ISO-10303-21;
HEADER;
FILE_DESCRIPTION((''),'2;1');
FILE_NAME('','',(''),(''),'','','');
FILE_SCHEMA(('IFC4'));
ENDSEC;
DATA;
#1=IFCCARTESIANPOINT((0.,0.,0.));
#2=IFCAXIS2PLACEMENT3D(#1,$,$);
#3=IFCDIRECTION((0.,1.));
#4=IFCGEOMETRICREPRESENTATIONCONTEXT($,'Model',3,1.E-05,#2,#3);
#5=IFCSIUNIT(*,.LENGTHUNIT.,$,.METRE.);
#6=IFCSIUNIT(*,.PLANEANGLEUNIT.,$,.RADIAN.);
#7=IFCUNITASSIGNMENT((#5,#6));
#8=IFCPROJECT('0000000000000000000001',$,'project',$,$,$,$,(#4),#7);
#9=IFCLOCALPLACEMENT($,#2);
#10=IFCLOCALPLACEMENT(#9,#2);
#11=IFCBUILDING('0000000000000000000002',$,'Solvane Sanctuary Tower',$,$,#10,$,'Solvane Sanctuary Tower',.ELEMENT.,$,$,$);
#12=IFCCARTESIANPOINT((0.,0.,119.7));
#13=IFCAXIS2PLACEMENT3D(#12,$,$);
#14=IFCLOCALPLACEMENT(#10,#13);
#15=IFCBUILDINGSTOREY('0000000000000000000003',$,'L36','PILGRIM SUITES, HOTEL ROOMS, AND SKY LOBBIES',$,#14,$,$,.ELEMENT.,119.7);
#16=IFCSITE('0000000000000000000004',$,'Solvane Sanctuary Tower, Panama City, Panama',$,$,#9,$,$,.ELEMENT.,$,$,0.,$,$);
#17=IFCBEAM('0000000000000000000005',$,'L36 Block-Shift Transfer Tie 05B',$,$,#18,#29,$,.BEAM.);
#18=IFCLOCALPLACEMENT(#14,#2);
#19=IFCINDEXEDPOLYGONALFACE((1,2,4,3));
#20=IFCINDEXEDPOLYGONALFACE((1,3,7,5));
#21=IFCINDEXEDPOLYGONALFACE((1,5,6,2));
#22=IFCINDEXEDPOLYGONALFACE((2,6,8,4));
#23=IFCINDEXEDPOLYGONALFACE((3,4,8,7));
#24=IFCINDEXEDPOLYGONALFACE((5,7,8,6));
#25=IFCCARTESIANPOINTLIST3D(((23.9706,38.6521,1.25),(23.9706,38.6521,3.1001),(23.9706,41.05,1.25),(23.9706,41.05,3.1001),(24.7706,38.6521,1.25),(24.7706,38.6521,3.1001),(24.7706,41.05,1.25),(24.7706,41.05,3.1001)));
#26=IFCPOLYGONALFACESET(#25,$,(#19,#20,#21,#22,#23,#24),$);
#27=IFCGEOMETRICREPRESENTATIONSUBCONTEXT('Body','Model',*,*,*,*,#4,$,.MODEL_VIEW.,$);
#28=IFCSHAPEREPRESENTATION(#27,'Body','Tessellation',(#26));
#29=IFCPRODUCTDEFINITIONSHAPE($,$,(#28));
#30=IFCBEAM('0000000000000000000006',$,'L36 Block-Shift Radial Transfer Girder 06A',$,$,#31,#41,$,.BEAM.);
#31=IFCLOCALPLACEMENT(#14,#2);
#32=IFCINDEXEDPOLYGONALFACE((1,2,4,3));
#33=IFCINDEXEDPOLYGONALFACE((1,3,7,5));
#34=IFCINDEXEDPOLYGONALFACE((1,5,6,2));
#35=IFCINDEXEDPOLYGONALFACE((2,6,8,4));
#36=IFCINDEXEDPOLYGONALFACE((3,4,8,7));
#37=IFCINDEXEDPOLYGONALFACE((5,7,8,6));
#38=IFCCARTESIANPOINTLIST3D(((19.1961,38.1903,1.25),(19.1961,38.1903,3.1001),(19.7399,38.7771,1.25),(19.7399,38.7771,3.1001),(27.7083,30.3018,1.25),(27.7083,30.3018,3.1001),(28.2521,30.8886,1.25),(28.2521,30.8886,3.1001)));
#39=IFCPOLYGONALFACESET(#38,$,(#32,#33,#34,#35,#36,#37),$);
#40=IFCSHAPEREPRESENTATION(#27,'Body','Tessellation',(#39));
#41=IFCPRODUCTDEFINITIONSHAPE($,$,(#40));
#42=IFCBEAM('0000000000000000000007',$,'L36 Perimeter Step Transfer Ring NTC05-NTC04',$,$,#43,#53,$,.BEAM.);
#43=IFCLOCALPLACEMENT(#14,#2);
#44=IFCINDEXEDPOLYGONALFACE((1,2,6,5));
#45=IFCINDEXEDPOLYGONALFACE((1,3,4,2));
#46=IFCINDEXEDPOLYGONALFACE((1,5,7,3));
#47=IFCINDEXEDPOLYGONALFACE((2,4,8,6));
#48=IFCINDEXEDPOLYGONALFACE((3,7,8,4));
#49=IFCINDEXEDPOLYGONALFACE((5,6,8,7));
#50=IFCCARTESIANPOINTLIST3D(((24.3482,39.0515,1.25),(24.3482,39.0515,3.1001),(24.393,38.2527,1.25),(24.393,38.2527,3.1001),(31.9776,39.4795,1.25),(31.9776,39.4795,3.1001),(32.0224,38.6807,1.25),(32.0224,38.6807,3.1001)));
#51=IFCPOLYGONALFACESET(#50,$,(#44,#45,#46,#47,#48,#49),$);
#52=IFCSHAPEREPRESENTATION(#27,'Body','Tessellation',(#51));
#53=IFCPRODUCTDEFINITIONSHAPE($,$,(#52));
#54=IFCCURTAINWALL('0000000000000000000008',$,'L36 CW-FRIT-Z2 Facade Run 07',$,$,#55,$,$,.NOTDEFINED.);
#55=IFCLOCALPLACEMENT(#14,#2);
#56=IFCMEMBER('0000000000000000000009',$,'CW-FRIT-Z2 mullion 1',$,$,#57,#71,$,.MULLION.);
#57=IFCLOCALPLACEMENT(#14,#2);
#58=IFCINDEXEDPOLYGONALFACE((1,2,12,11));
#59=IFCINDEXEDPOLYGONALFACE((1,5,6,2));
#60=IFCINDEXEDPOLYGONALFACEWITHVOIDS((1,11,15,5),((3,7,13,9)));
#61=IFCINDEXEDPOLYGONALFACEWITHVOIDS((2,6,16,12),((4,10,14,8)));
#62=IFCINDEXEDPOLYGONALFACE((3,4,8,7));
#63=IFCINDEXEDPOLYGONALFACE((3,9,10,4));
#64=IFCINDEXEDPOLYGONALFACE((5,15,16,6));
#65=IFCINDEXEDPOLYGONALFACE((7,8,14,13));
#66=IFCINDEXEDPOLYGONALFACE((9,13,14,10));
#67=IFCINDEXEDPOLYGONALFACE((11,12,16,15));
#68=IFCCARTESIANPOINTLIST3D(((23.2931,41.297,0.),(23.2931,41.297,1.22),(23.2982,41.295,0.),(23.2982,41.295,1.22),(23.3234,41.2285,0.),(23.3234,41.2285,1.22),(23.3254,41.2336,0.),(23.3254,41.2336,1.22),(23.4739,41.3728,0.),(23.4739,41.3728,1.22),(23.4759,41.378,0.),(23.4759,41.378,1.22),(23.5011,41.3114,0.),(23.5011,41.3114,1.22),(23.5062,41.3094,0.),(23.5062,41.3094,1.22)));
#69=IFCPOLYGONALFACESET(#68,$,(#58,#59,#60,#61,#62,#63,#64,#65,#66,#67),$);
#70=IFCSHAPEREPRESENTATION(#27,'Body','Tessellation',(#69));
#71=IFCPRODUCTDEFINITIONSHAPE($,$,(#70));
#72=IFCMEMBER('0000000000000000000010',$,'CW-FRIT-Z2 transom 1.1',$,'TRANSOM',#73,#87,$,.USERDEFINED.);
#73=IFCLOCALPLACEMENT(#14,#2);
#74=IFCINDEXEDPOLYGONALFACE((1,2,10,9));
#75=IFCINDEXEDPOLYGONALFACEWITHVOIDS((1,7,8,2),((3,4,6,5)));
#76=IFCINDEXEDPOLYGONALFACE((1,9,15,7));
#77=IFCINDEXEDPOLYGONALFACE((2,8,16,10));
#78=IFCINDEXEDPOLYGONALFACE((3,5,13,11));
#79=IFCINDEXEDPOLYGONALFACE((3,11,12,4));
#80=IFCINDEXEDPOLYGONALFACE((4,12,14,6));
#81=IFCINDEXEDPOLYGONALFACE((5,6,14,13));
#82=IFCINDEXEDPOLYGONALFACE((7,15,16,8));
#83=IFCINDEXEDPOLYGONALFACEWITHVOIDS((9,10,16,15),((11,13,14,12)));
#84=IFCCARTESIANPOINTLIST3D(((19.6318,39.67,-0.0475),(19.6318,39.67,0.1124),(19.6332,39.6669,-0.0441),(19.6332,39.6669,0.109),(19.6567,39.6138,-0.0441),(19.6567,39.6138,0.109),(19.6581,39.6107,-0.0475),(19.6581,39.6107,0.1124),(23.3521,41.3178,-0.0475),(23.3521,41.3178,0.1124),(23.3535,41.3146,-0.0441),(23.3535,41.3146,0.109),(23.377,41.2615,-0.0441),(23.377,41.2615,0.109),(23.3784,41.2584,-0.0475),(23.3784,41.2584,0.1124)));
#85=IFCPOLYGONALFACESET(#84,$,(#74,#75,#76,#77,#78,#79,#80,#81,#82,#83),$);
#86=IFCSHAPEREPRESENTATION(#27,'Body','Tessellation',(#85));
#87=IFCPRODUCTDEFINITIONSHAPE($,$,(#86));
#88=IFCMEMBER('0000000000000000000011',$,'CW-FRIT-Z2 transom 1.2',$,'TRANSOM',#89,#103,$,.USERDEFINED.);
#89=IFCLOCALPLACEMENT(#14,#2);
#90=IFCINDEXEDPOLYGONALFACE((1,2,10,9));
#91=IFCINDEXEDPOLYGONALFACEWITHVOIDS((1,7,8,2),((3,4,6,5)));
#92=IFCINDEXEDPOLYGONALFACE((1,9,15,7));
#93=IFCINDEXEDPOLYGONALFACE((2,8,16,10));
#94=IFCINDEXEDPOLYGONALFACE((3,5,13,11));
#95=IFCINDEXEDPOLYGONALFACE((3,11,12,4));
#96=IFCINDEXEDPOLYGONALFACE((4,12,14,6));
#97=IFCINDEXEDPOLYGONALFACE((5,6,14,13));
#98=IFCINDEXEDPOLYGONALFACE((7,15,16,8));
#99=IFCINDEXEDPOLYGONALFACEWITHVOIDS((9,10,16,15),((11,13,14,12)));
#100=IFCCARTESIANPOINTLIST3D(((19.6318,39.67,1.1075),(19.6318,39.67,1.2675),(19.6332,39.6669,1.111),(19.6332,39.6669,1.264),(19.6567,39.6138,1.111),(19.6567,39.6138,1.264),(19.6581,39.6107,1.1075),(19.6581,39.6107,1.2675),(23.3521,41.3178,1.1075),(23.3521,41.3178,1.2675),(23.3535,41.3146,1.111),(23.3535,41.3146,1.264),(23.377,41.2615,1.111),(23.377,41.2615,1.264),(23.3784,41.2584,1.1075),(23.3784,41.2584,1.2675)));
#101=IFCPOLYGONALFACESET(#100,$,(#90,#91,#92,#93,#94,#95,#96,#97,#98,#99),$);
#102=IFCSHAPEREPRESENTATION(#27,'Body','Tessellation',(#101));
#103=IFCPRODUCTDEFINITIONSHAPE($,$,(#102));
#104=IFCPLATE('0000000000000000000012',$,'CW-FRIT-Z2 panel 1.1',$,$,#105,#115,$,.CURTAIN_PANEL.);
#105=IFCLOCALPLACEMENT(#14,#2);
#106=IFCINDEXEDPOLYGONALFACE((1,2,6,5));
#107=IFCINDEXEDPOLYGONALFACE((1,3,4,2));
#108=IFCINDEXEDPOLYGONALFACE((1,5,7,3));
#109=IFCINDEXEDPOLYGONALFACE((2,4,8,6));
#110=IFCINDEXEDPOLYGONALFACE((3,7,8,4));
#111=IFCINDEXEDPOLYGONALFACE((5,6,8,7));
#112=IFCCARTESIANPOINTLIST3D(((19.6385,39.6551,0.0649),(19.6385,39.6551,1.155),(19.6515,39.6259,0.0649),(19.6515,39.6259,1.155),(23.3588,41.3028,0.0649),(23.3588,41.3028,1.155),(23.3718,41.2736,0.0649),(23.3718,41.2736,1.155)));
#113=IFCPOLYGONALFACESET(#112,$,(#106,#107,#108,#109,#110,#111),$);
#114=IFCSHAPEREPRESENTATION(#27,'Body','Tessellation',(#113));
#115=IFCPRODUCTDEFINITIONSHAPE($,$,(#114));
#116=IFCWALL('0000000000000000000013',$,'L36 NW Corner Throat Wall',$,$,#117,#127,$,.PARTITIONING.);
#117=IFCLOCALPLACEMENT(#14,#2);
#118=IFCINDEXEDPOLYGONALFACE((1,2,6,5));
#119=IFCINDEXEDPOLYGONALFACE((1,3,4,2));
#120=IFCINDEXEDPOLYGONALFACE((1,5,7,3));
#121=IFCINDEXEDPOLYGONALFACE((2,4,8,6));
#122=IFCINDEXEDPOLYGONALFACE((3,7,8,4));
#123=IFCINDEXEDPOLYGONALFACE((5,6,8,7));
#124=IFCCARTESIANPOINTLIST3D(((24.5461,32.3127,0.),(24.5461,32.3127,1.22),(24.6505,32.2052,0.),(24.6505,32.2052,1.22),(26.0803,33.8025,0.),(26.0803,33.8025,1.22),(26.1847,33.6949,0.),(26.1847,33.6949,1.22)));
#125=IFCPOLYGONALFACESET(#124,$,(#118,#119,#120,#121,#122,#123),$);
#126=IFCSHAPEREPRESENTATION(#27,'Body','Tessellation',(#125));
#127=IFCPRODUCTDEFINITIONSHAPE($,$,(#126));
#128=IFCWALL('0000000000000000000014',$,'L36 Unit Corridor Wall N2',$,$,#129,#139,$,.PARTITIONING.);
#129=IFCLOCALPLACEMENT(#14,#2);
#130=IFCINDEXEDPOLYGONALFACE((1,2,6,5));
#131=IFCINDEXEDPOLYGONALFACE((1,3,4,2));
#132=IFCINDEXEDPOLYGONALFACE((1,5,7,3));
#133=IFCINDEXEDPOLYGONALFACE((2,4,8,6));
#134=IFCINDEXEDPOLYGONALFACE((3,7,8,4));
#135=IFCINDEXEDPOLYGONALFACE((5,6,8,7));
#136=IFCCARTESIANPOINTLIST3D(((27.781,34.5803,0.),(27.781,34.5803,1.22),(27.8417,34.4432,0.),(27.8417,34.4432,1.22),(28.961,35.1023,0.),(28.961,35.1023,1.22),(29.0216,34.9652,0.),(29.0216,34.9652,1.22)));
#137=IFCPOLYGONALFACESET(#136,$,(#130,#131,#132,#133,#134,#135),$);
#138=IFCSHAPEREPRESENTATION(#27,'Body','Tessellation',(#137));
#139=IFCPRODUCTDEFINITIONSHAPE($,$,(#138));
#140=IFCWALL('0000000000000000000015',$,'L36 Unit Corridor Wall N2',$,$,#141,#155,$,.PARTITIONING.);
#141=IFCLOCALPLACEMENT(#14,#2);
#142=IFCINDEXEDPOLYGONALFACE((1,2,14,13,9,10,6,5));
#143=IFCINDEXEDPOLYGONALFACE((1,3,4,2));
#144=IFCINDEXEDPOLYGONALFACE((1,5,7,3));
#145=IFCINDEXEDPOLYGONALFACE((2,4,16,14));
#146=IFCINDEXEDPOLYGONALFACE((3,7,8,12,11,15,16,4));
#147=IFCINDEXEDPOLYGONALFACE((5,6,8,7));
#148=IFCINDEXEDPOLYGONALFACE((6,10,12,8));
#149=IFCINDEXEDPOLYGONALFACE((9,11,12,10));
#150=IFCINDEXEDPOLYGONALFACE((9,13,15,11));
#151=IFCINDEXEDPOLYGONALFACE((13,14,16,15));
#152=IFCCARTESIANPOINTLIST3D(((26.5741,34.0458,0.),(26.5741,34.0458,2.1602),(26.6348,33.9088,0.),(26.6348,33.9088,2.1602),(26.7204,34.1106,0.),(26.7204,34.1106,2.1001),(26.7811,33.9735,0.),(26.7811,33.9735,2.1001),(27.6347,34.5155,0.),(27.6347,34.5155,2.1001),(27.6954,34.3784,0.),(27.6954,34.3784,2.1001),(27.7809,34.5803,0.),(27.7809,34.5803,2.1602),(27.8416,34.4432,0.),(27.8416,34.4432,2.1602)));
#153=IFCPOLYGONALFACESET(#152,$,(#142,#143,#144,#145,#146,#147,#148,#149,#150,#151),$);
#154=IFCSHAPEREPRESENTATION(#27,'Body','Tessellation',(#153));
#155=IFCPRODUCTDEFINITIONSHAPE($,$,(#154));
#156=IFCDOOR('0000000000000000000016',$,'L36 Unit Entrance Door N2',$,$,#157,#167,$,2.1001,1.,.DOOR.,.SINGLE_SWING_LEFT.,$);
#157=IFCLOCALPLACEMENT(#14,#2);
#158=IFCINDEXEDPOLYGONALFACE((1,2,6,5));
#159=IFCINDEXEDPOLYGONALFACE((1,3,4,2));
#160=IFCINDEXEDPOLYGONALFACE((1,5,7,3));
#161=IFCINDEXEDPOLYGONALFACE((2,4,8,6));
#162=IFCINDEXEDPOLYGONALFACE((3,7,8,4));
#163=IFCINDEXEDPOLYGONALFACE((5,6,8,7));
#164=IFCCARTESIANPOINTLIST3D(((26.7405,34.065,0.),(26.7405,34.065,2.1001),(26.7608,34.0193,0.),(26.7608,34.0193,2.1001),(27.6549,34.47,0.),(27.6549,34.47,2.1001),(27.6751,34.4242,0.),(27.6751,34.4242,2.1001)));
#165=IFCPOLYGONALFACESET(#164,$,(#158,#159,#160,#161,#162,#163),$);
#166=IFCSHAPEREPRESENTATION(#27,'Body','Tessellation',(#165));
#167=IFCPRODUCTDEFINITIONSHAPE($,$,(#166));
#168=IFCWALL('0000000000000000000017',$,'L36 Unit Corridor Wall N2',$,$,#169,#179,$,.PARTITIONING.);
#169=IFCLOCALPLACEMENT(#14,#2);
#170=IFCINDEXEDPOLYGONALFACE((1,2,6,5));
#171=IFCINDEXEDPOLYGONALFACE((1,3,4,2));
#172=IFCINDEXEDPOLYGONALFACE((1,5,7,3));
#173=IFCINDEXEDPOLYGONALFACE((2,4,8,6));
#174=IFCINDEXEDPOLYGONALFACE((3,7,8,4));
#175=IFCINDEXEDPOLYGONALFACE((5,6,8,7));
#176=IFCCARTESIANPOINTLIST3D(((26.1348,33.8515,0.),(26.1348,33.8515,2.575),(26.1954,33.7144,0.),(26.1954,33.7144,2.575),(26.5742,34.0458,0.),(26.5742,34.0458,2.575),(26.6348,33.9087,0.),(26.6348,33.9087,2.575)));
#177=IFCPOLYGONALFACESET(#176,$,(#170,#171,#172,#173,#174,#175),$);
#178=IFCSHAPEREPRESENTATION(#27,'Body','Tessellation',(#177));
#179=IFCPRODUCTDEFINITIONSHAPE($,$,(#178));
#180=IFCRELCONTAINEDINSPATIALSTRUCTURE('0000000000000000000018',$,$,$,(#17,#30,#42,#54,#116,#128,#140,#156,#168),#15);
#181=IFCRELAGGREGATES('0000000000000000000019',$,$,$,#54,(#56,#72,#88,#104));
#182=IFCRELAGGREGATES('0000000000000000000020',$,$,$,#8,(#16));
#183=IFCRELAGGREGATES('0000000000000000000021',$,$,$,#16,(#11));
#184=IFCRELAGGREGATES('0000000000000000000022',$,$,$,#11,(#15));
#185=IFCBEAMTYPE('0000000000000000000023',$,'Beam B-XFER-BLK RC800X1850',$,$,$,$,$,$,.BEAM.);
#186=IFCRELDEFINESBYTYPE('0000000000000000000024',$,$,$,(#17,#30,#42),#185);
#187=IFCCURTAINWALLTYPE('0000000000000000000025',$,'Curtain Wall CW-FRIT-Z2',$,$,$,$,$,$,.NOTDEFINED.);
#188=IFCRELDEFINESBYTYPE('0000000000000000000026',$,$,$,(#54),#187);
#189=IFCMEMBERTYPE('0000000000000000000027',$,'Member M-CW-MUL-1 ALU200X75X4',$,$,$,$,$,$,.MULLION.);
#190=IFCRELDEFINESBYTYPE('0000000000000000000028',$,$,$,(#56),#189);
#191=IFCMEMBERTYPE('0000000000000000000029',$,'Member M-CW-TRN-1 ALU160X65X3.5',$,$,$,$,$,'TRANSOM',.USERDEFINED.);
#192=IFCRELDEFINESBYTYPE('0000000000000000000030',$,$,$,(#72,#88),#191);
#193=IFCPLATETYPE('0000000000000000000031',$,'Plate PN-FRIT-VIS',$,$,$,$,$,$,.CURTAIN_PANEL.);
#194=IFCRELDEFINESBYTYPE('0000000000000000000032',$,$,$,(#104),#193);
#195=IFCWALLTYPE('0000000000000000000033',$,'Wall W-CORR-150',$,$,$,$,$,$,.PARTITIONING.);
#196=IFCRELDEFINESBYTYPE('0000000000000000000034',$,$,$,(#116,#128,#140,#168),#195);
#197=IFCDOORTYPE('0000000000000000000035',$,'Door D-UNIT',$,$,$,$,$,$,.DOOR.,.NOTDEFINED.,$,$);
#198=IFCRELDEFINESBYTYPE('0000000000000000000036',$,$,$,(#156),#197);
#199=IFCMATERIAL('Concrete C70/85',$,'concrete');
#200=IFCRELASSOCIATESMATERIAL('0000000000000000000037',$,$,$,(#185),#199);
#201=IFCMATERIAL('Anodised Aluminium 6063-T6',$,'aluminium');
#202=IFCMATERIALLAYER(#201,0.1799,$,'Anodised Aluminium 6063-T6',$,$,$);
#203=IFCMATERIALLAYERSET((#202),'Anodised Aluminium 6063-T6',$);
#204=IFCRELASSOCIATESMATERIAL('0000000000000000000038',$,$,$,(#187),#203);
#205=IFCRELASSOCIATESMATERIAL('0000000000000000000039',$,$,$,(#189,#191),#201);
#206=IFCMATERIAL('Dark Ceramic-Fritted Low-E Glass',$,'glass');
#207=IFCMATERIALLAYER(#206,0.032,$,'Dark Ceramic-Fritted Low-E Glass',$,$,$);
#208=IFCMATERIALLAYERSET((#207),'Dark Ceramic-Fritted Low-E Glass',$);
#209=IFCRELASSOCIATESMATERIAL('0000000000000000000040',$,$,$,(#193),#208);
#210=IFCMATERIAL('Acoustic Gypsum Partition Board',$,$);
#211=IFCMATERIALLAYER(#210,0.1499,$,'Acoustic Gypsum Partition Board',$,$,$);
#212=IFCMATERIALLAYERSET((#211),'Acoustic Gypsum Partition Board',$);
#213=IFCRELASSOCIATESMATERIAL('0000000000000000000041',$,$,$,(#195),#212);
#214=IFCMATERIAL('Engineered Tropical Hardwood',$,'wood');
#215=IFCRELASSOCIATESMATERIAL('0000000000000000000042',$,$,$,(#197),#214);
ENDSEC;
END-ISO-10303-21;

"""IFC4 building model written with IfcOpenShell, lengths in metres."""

from ifc_helpers import new_model, si_unit, direction, frame, frame_2d, origin, origin_2d, place, context, subcontext, project, spatial, rectangle, hollow_rectangle, extrude, material, layer, layer_set, material_profile, profile_set, type_object, element, fill, aggregate, save


model = new_model("IFC4")

# Units and contexts
model_context = context("Model", 3, precision=1e-05, world=origin(), true_north=direction((0.0, 1.0)))
body_context = subcontext(model_context, "Body", "Model", "MODEL_VIEW")
ifc_project = project(units=[si_unit("LENGTHUNIT", "METRE"), si_unit("PLANEANGLEUNIT", "RADIAN")], contexts=[model_context])

# Site, building, storey
site_placement = place(None, origin())
site = spatial("IfcSite", under=ifc_project, at=site_placement, Name="Solvane Sanctuary Tower, Panama City, Panama", CompositionType="ELEMENT", RefElevation=0.0)
building_placement = place(site_placement, origin())
building = spatial("IfcBuilding", under=site, at=building_placement, Name="Solvane Sanctuary Tower", LongName="Solvane Sanctuary Tower", CompositionType="ELEMENT")
storey_placement = place(building_placement, frame((0.0, 0.0, 119.7)))
storey = spatial("IfcBuildingStorey", under=building, at=storey_placement, Name="L36", Description="PILGRIM SUITES, HOTEL ROOMS, AND SKY LOBBIES", CompositionType="ELEMENT", Elevation=119.7)

# Beams
ifc_material_1 = material(Name="Concrete C70/85", Category="concrete")
ifc_material_profile_1 = material_profile(ifc_material_1, rectangle(XDim=0.8, YDim=1.8501, at=origin_2d()), Name="RC800X1850")
ifc_profile_set_1 = profile_set([ifc_material_profile_1], Name="Concrete C70/85")
beam_type_1 = type_object("IfcBeamType", Name="Beam B-XFER-BLK RC800X1850", PredefinedType="BEAM", material=ifc_profile_set_1)
beam_1_placement = place(storey_placement, frame((24.3706, 41.05, 2.175), z_axis=(0.0, -1.0, 0.0), x_axis=(1.0, 0.0, 0.0)))
element("IfcBeam", 1, at=beam_1_placement, inside=storey, type_object=beam_type_1, Name="L36 Block-Shift Transfer Tie 05B", PredefinedType="BEAM", context=body_context, shape_type="SweptSolid", body=[
    extrude(rectangle(XDim=0.8, YDim=1.8501, at=origin_2d()), origin(), (0.0, 0.0, 1.0), 2.3979),
])
beam_2_placement = place(storey_placement, frame((27.9802, 30.5952, 2.175), z_axis=(-0.73347, 0.679721, 0.0), x_axis=(-0.679721, -0.73347, 0.0)))
element("IfcBeam", 2, at=beam_2_placement, inside=storey, type_object=beam_type_1, Name="L36 Block-Shift Radial Transfer Girder 06A", PredefinedType="BEAM", context=body_context, shape_type="SweptSolid", body=[
    extrude(rectangle(XDim=0.8, YDim=1.8501, at=origin_2d()), origin(), (0.0, 0.0, 1.0), 11.6055),
])
beam_3_placement = place(storey_placement, frame((24.3706, 38.6521, 2.175), z_axis=(0.99843, 0.056008, 0.0), x_axis=(-0.056008, 0.99843, 0.0)))
element("IfcBeam", 3, at=beam_3_placement, inside=storey, type_object=beam_type_1, Name="L36 Perimeter Step Transfer Ring NTC05-NTC04", PredefinedType="BEAM", context=body_context, shape_type="SweptSolid", body=[
    extrude(rectangle(XDim=0.8, YDim=1.8501, at=origin_2d()), origin(), (0.0, 0.0, 1.0), 7.6414),
])

# Curtain wall, members, plate
ifc_material_2 = material(Name="Anodised Aluminium 6063-T6", Category="aluminium")
ifc_layer_1 = layer(ifc_material_2, 0.1799, Name="Anodised Aluminium 6063-T6")
ifc_layer_set_1 = layer_set([ifc_layer_1], Name="Anodised Aluminium 6063-T6")
curtain_wall_type = type_object("IfcCurtainWallType", Name="Curtain Wall CW-FRIT-Z2", PredefinedType="NOTDEFINED", material=ifc_layer_set_1)
curtain_wall_placement = place(storey_placement, origin())
curtain_wall = element("IfcCurtainWall", 4, at=curtain_wall_placement, inside=storey, type_object=curtain_wall_type, Name="L36 CW-FRIT-Z2 Facade Run 07", PredefinedType="NOTDEFINED")
ifc_material_profile_2 = material_profile(ifc_material_2, hollow_rectangle(XDim=0.075, YDim=0.2, WallThickness=0.0039, at=origin_2d()), Name="ALU200X75X4")
ifc_profile_set_2 = profile_set([ifc_material_profile_2], Name="Anodised Aluminium 6063-T6")
member_type_1 = type_object("IfcMemberType", Name="Member M-CW-MUL-1 ALU200X75X4", PredefinedType="MULLION", material=ifc_profile_set_2)
member_1_placement = place(storey_placement, frame((23.3997, 41.3032, 0.0), z_axis=(0.0, 0.0, 1.0), x_axis=(0.404951, -0.914339, 0.0)))
member_1 = element("IfcMember", 5, at=member_1_placement, type_object=member_type_1, Name="CW-FRIT-Z2 mullion 1", PredefinedType="MULLION", context=body_context, shape_type="SweptSolid", body=[
    extrude(hollow_rectangle(XDim=0.075, YDim=0.2, WallThickness=0.0039, at=origin_2d()), origin(), (0.0, 0.0, 1.0), 1.22),
])
ifc_material_profile_3 = material_profile(ifc_material_2, hollow_rectangle(XDim=0.0649, YDim=0.1599, WallThickness=0.0034, at=origin_2d()), Name="ALU160X65X3.5")
ifc_profile_set_3 = profile_set([ifc_material_profile_3], Name="Anodised Aluminium 6063-T6")
member_type_2 = type_object("IfcMemberType", Name="Member M-CW-TRN-1 ALU160X65X3.5", ElementType="TRANSOM", PredefinedType="USERDEFINED", material=ifc_profile_set_3)
member_2_placement = place(storey_placement, frame((23.3652, 41.2881, 0.0325), z_axis=(-0.914333, -0.404963, 0.0), x_axis=(0.404963, -0.914333, 0.0)))
member_2 = element("IfcMember", 6, at=member_2_placement, type_object=member_type_2, Name="CW-FRIT-Z2 transom 1.1", ObjectType="TRANSOM", PredefinedType="USERDEFINED", context=body_context, shape_type="SweptSolid", body=[
    extrude(hollow_rectangle(XDim=0.0649, YDim=0.1599, WallThickness=0.0034, at=origin_2d()), origin(), (0.0, 0.0, 1.0), 4.0688),
])
member_3_placement = place(storey_placement, frame((23.3652, 41.2881, 1.1875), z_axis=(-0.914333, -0.404963, 0.0), x_axis=(0.404963, -0.914333, 0.0)))
member_3 = element("IfcMember", 7, at=member_3_placement, type_object=member_type_2, Name="CW-FRIT-Z2 transom 1.2", ObjectType="TRANSOM", PredefinedType="USERDEFINED", context=body_context, shape_type="SweptSolid", body=[
    extrude(hollow_rectangle(XDim=0.0649, YDim=0.1599, WallThickness=0.0034, at=origin_2d()), origin(), (0.0, 0.0, 1.0), 4.0688),
])
ifc_material_3 = material(Name="Dark Ceramic-Fritted Low-E Glass", Category="glass")
ifc_layer_2 = layer(ifc_material_3, 0.032, Name="Dark Ceramic-Fritted Low-E Glass")
ifc_layer_set_2 = layer_set([ifc_layer_2], Name="Dark Ceramic-Fritted Low-E Glass")
plate_type = type_object("IfcPlateType", Name="Plate PN-FRIT-VIS", PredefinedType="CURTAIN_PANEL", material=ifc_layer_set_2)
plate_placement = place(storey_placement, frame((21.5051, 40.4644, 0.0649), z_axis=(0.0, 0.0, 1.0), x_axis=(-0.914339, -0.404951, 0.0)))
plate = element("IfcPlate", 8, at=plate_placement, type_object=plate_type, Name="CW-FRIT-Z2 panel 1.1", PredefinedType="CURTAIN_PANEL", context=body_context, shape_type="SweptSolid", body=[
    extrude(rectangle(XDim=4.0688, YDim=0.032, at=origin_2d()), origin(), (0.0, 0.0, 1.0), 1.0901),
])
aggregate(curtain_wall, [member_1, member_2, member_3, plate])

# Walls
ifc_material_4 = material(Name="Acoustic Gypsum Partition Board")
ifc_layer_3 = layer(ifc_material_4, 0.1499, Name="Acoustic Gypsum Partition Board")
ifc_layer_set_3 = layer_set([ifc_layer_3], Name="Acoustic Gypsum Partition Board")
wall_type_1 = type_object("IfcWallType", Name="Wall W-CORR-150", PredefinedType="PARTITIONING", material=ifc_layer_set_3)
wall_1_placement = place(storey_placement, frame((26.1326, 33.7488, 0.0), z_axis=(0.0, 0.0, 1.0), x_axis=(-0.71742, -0.696641, 0.0)))
element("IfcWall", 9, at=wall_1_placement, inside=storey, type_object=wall_type_1, Name="L36 NW Corner Throat Wall", PredefinedType="PARTITIONING", context=body_context, shape_type="SweptSolid", body=[
    extrude(rectangle(XDim=2.1384, YDim=0.1499, at=frame_2d((1.0693, 0.0))), origin(), (0.0, 0.0, 1.0), 1.22),
])
wall_2_placement = place(storey_placement, frame((28.9912, 35.0337, 0.0), z_axis=(0.0, 0.0, 1.0), x_axis=(-0.914512, -0.404558, 0.0)))
element("IfcWall", 10, at=wall_2_placement, inside=storey, type_object=wall_type_1, Name="L36 Unit Corridor Wall N2", PredefinedType="PARTITIONING", context=body_context, shape_type="SweptSolid", body=[
    extrude(rectangle(XDim=1.2903, YDim=0.1499, at=frame_2d((0.645, 0.0))), origin(), (0.0, 0.0, 1.0), 1.22),
])

# Wall, opening, door
wall_3_placement = place(storey_placement, frame((27.8113, 34.5117, 0.0), z_axis=(0.0, 0.0, 1.0), x_axis=(-0.914352, -0.40492, 0.0)))
wall_3 = element("IfcWall", 11, at=wall_3_placement, inside=storey, type_object=wall_type_1, Name="L36 Unit Corridor Wall N2", PredefinedType="PARTITIONING", context=body_context, shape_type="SweptSolid", body=[
    extrude(rectangle(XDim=1.3198, YDim=0.1499, at=frame_2d((0.6599, 0.0))), origin(), (0.0, 0.0, 1.0), 2.1602),
])
opening_placement = place(wall_3_placement, frame((0.1599, 0.0, 0.0)))
opening = element("IfcOpeningElement", 12, at=opening_placement, cuts=wall_3, PredefinedType="OPENING", context=body_context, shape_type="SweptSolid", body=[
    extrude(rectangle(XDim=1.0, YDim=2.1001, at=frame_2d((0.5, 1.05))), frame((0.0, 0.085, 0.0), z_axis=(0.0, -1.0, 0.0), x_axis=(1.0, 0.0, 0.0)), (0.0, 0.0, 1.0), 0.1699),
])
ifc_material_5 = material(Name="Engineered Tropical Hardwood", Category="wood")
door_type = type_object("IfcDoorType", Name="Door D-UNIT", OperationType="NOTDEFINED", PredefinedType="DOOR", material=ifc_material_5)
door_placement = place(opening_placement, origin())
door = element("IfcDoor", 13, at=door_placement, inside=storey, type_object=door_type, Name="L36 Unit Entrance Door N2", OperationType="SINGLE_SWING_LEFT", OverallHeight=2.1001, OverallWidth=1.0, PredefinedType="DOOR", context=body_context, shape_type="SweptSolid", body=[
    extrude(rectangle(XDim=1.0, YDim=2.1001, at=frame_2d((0.5, 1.05))), frame((0.0, 0.0249, 0.0), z_axis=(0.0, -1.0, 0.0), x_axis=(1.0, 0.0, 0.0)), (0.0, 0.0, 1.0), 0.05),
])
fill(opening, door)

# Wall
wall_4_placement = place(storey_placement, frame((26.6045, 33.9773, 0.0), z_axis=(0.0, 0.0, 1.0), x_axis=(-0.914564, -0.404441, 0.0)))
element("IfcWall", 14, at=wall_4_placement, inside=storey, type_object=wall_type_1, Name="L36 Unit Corridor Wall N2", PredefinedType="PARTITIONING", context=body_context, shape_type="SweptSolid", body=[
    extrude(rectangle(XDim=0.4805, YDim=0.1499, at=frame_2d((0.2402, 0.0))), origin(), (0.0, 0.0, 1.0), 2.575),
])

save(model, "model.ifc")
